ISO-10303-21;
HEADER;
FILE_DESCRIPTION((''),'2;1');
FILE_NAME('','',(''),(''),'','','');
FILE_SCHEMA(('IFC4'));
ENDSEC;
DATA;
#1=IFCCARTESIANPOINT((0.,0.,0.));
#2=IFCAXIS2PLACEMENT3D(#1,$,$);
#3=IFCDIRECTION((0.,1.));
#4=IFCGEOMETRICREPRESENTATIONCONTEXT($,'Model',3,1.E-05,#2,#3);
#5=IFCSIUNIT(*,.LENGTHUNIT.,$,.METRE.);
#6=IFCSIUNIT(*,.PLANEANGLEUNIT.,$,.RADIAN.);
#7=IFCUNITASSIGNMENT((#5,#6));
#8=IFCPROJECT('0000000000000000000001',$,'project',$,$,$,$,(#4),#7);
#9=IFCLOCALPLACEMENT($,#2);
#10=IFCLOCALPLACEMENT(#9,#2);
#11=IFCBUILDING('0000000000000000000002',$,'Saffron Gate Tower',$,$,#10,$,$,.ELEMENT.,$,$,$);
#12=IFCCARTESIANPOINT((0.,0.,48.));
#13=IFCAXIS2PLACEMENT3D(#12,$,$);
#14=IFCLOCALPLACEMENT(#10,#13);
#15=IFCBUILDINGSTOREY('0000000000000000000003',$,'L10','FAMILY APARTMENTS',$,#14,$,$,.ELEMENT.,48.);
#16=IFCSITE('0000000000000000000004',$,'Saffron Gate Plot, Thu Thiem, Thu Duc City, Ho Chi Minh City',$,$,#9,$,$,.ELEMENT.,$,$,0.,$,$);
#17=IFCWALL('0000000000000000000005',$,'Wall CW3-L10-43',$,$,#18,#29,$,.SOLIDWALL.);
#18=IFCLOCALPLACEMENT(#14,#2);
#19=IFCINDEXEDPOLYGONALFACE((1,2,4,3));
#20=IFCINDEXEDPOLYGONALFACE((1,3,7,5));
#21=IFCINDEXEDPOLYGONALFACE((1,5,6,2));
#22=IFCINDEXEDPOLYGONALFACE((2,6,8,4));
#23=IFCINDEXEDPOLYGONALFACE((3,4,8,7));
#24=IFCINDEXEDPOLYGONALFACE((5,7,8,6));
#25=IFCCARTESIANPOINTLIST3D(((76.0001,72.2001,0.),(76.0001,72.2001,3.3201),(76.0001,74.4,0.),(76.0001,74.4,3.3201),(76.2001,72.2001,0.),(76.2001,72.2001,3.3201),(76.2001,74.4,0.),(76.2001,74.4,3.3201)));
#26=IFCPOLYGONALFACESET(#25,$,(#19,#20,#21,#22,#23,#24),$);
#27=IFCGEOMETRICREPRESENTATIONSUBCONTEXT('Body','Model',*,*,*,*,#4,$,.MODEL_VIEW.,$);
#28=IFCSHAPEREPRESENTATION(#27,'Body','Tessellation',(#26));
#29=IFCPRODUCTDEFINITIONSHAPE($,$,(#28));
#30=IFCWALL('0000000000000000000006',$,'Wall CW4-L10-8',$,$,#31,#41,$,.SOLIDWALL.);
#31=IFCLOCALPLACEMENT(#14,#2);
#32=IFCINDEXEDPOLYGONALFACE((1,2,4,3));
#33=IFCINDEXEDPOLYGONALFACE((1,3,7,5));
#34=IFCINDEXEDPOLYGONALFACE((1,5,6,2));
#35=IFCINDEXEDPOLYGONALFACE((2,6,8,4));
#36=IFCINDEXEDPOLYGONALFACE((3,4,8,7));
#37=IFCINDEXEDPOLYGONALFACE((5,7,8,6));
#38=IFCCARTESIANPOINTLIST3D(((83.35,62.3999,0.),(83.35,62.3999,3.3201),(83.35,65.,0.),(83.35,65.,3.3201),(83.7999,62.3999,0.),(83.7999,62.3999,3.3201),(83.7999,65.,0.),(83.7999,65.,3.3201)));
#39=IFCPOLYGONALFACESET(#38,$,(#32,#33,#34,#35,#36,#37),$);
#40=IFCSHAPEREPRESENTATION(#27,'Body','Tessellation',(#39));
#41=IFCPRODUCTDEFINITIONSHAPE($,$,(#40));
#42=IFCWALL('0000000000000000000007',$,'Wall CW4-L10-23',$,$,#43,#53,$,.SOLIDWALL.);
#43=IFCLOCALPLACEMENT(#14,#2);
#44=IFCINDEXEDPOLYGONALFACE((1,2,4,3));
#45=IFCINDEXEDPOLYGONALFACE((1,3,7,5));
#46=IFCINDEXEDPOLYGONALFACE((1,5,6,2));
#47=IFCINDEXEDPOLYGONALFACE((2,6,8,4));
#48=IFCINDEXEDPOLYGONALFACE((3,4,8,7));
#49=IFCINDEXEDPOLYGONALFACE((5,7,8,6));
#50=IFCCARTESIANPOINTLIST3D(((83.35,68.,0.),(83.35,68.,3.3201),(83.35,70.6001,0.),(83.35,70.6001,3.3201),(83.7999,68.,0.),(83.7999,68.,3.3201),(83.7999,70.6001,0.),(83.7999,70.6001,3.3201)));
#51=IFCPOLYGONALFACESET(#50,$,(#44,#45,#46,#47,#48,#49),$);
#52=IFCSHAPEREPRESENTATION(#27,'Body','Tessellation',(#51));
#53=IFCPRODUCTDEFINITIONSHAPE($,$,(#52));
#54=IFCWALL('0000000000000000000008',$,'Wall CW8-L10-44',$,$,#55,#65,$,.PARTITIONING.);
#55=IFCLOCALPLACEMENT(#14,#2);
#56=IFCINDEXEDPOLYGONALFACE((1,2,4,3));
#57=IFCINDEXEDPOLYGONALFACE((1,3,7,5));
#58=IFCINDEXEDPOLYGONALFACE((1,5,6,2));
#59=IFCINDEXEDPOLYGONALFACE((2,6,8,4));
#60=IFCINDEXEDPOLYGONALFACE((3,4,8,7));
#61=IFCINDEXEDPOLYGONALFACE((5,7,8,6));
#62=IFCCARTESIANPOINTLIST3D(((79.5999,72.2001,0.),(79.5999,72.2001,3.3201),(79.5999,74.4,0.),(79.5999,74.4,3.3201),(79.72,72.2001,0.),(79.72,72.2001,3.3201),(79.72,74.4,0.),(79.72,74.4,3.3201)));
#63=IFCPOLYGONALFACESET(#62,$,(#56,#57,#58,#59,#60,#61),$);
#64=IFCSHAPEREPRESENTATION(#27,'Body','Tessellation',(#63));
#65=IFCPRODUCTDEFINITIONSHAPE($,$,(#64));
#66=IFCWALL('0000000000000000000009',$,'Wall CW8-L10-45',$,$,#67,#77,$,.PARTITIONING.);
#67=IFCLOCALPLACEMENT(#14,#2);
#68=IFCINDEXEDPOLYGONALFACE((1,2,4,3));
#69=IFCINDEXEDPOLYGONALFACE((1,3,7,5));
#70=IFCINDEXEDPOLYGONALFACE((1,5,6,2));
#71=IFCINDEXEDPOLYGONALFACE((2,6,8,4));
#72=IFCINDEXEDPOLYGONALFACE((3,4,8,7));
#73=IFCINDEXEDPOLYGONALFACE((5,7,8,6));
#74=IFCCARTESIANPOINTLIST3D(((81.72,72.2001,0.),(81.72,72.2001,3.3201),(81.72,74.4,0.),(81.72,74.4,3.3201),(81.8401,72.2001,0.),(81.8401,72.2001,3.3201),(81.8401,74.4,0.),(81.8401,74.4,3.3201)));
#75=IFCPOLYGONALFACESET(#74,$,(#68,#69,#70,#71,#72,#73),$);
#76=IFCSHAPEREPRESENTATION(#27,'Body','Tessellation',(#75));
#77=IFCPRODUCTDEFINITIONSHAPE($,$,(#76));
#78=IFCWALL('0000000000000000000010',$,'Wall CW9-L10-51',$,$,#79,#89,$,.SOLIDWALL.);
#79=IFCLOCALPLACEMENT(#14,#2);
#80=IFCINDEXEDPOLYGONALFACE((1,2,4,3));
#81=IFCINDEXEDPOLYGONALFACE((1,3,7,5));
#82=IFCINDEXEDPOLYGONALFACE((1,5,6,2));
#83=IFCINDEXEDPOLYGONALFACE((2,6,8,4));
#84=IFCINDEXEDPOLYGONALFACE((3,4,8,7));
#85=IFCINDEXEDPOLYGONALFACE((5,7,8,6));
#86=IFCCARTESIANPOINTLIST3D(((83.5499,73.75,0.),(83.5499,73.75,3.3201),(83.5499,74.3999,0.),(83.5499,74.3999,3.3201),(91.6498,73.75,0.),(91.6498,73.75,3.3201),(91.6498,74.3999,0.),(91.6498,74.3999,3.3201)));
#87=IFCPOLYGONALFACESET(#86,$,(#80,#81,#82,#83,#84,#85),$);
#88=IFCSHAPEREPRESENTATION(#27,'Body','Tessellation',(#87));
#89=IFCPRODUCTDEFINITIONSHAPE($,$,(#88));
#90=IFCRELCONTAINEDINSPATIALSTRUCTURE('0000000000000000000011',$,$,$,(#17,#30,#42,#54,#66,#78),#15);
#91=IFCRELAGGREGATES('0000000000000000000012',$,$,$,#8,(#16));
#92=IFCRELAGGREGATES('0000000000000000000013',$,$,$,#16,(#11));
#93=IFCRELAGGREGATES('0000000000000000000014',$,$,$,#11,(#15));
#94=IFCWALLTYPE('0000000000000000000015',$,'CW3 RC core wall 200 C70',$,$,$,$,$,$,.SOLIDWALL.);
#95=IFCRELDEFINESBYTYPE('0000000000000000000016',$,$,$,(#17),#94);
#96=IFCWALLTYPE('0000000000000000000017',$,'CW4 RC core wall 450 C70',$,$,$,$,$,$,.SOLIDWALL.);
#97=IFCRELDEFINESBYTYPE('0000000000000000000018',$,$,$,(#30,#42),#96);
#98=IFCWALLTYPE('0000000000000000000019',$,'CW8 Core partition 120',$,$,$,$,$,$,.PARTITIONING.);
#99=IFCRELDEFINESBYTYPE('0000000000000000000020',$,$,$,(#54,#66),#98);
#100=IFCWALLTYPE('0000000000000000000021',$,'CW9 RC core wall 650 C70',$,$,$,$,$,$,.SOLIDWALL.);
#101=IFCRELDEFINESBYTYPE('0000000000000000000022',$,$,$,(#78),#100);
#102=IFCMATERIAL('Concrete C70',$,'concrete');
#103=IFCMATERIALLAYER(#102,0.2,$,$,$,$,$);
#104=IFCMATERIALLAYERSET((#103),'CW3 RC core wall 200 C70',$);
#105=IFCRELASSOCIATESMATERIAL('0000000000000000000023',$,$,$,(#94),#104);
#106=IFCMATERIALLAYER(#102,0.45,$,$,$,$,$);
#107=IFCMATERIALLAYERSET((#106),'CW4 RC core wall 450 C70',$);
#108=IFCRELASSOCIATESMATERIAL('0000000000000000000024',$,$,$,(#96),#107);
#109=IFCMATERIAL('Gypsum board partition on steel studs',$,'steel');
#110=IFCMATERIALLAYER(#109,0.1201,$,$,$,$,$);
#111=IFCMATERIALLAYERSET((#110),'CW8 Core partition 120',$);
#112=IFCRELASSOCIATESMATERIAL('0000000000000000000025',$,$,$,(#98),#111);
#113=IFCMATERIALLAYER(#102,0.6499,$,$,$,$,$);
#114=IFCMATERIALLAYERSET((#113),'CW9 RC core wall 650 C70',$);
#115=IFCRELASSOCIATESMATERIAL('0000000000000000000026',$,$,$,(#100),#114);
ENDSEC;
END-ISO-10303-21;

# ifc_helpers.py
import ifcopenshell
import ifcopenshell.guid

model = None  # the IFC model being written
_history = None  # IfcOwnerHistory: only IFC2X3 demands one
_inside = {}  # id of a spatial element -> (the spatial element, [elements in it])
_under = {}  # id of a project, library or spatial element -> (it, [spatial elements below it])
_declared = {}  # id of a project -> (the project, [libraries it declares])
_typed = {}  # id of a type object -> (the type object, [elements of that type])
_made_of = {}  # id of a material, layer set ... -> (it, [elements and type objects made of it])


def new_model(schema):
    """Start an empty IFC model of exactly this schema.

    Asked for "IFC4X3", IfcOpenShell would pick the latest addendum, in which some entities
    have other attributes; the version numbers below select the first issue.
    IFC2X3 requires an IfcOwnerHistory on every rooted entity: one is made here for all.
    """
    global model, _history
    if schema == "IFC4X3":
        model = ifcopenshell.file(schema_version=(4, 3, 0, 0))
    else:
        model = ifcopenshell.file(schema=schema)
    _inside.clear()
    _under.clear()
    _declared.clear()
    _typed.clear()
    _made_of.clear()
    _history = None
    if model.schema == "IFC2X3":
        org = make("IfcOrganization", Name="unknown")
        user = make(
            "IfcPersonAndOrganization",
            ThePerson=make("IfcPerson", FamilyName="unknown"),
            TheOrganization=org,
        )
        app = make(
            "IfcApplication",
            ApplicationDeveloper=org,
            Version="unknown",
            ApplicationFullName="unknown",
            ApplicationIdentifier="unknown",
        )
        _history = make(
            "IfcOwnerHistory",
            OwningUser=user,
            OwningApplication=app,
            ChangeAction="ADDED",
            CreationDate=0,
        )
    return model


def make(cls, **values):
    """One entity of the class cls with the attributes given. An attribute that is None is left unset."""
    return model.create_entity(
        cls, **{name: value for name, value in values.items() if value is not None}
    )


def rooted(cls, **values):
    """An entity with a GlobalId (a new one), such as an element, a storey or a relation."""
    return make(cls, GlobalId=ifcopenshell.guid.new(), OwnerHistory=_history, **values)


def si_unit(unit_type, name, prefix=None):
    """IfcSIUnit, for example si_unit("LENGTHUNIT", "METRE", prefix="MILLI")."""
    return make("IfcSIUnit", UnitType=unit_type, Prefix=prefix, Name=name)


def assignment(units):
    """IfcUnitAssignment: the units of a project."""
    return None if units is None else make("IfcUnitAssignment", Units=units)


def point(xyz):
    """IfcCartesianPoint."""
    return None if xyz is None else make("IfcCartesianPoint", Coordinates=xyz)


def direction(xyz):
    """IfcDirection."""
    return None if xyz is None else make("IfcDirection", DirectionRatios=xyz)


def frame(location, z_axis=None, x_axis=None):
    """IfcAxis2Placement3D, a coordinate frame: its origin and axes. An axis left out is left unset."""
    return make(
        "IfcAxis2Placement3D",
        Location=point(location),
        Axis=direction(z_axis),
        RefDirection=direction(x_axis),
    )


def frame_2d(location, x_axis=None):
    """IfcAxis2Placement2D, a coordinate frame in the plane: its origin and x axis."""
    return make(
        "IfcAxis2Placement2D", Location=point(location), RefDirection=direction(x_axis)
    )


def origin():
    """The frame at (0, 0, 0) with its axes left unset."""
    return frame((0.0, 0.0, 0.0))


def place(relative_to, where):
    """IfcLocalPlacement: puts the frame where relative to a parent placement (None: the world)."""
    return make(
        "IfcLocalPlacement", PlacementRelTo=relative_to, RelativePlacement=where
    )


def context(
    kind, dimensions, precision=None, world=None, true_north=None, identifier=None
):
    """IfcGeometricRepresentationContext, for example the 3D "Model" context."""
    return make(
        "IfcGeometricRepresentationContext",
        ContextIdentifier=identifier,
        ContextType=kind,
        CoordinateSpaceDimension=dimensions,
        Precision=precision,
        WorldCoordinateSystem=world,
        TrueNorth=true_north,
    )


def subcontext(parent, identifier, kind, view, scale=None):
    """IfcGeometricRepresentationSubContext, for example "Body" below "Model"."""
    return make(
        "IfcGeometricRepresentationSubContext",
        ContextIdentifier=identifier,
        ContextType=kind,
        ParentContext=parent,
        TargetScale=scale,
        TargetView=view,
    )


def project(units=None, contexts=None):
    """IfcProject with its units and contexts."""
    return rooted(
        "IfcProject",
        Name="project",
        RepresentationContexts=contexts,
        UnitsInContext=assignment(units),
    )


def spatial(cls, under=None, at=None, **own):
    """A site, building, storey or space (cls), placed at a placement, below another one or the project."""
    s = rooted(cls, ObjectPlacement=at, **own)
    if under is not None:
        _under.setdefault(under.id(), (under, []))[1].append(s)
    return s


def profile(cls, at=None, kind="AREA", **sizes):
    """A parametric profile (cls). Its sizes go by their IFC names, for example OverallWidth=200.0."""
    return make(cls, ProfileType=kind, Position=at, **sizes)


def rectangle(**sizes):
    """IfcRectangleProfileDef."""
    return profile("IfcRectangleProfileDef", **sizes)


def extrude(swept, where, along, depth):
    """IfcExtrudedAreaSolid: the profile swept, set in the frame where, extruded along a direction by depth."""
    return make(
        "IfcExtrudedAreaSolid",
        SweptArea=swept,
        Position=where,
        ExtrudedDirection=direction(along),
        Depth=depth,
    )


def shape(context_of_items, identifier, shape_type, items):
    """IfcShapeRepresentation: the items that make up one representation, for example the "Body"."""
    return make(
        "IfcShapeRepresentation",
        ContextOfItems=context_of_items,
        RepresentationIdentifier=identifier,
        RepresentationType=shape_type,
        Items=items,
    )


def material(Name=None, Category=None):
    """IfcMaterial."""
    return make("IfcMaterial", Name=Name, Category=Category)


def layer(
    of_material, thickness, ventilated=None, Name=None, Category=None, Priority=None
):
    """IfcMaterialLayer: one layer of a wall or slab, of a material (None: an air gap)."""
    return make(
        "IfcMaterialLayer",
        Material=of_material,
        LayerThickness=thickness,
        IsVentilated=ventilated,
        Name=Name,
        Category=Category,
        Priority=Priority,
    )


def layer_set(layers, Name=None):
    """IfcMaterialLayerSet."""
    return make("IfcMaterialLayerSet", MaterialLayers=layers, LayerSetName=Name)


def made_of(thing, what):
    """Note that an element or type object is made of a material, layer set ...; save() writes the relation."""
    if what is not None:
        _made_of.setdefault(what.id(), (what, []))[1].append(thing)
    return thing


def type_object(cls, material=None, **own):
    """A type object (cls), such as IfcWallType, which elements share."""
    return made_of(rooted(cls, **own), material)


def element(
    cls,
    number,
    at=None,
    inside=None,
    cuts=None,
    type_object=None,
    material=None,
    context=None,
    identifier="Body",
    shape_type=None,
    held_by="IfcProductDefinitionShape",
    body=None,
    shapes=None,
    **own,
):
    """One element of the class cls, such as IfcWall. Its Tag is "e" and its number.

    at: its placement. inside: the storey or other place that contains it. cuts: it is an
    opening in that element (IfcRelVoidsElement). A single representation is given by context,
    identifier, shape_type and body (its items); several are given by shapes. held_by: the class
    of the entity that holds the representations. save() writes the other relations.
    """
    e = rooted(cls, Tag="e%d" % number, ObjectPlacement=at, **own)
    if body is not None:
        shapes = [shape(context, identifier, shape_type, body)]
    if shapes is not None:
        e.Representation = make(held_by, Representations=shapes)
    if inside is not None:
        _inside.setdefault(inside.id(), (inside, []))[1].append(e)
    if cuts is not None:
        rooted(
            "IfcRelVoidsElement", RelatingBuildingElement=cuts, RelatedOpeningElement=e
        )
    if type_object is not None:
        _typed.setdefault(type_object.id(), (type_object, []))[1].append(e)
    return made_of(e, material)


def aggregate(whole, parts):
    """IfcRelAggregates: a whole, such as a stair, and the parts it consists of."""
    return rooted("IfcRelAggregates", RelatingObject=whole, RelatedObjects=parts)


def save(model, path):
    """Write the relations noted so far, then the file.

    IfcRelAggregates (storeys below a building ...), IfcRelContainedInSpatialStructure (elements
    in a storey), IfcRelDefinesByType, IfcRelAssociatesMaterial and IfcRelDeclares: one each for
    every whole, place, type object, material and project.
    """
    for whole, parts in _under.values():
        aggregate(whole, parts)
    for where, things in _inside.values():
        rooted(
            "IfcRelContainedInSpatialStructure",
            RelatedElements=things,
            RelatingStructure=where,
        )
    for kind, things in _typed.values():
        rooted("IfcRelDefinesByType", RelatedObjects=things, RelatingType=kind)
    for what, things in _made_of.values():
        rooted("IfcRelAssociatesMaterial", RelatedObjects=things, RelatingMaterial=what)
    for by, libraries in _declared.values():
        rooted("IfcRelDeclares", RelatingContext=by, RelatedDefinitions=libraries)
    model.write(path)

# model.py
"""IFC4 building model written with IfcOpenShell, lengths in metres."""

from ifc_helpers import new_model, si_unit, direction, frame, frame_2d, origin, place, context, subcontext, project, spatial, rectangle, extrude, material, layer, layer_set, type_object, element, save


model = new_model("IFC4")

# Units and contexts
model_context = context("Model", 3, precision=1e-05, world=origin(), true_north=direction((0.0, 1.0)))
body_context = subcontext(model_context, "Body", "Model", "MODEL_VIEW")
ifc_project = project(units=[si_unit("LENGTHUNIT", "METRE"), si_unit("PLANEANGLEUNIT", "RADIAN")], contexts=[model_context])

# Site, building, storey
site_placement = place(None, origin())
site = spatial("IfcSite", under=ifc_project, at=site_placement, Name="Saffron Gate Plot, Thu Thiem, Thu Duc City, Ho Chi Minh City", CompositionType="ELEMENT", RefElevation=0.0)
building_placement = place(site_placement, origin())
building = spatial("IfcBuilding", under=site, at=building_placement, Name="Saffron Gate Tower", CompositionType="ELEMENT")
storey_placement = place(building_placement, frame((0.0, 0.0, 48.0)))
storey = spatial("IfcBuildingStorey", under=building, at=storey_placement, Name="L10", Description="FAMILY APARTMENTS", CompositionType="ELEMENT", Elevation=48.0)

# Shared definitions
ifc_material_1 = material(Name="Concrete C70", Category="concrete")
ifc_layer_1 = layer(ifc_material_1, 0.2)
ifc_layer_set_1 = layer_set([ifc_layer_1], Name="CW3 RC core wall 200 C70")
wall_type_1 = type_object("IfcWallType", Name="CW3 RC core wall 200 C70", PredefinedType="SOLIDWALL", material=ifc_layer_set_1)

# Walls
wall_1_placement = place(storey_placement, frame((76.1001, 72.2, 0.0), z_axis=(0.0, 0.0, 1.0), x_axis=(0.0, 1.0, 0.0)))
element("IfcWall", 1, at=wall_1_placement, inside=storey, type_object=wall_type_1, Name="Wall CW3-L10-43", PredefinedType="SOLIDWALL", context=body_context, shape_type="SweptSolid", body=[
    extrude(rectangle(XDim=2.2, YDim=0.2, at=frame_2d((1.1001, 0.0))), origin(), (0.0, 0.0, 1.0), 3.3201),
])
ifc_layer_2 = layer(ifc_material_1, 0.45)
ifc_layer_set_2 = layer_set([ifc_layer_2], Name="CW4 RC core wall 450 C70")
wall_type_2 = type_object("IfcWallType", Name="CW4 RC core wall 450 C70", PredefinedType="SOLIDWALL", material=ifc_layer_set_2)
for number, where, z_axis, x_axis, name in (
    (2, (83.575, 62.3999, 0.0), (0.0, 0.0, 1.0), (0.0, 1.0, 0.0), "Wall CW4-L10-8"),
    (3, (83.575, 68.0, 0.0), (0.0, 0.0, 1.0), (0.0, 1.0, 0.0), "Wall CW4-L10-23"),
):
    element("IfcWall", number, at=place(storey_placement, frame(where, z_axis=z_axis, x_axis=x_axis)), inside=storey, type_object=wall_type_2, Name=name, PredefinedType="SOLIDWALL", context=body_context, shape_type="SweptSolid", body=[
        extrude(rectangle(XDim=2.6001, YDim=0.45, at=frame_2d((1.3, 0.0))), origin(), (0.0, 0.0, 1.0), 3.3201),
    ])
ifc_material_2 = material(Name="Gypsum board partition on steel studs", Category="steel")
ifc_layer_3 = layer(ifc_material_2, 0.1201)
ifc_layer_set_3 = layer_set([ifc_layer_3], Name="CW8 Core partition 120")
wall_type_3 = type_object("IfcWallType", Name="CW8 Core partition 120", PredefinedType="PARTITIONING", material=ifc_layer_set_3)
for number, where, z_axis, x_axis, name in (
    (4, (79.6599, 72.2, 0.0), (0.0, 0.0, 1.0), (0.0, 1.0, 0.0), "Wall CW8-L10-44"),
    (5, (81.78, 72.2, 0.0), (0.0, 0.0, 1.0), (0.0, 1.0, 0.0), "Wall CW8-L10-45"),
):
    element("IfcWall", number, at=place(storey_placement, frame(where, z_axis=z_axis, x_axis=x_axis)), inside=storey, type_object=wall_type_3, Name=name, PredefinedType="PARTITIONING", context=body_context, shape_type="SweptSolid", body=[
        extrude(rectangle(XDim=2.2, YDim=0.1201, at=frame_2d((1.1001, 0.0))), origin(), (0.0, 0.0, 1.0), 3.3201),
    ])
ifc_layer_4 = layer(ifc_material_1, 0.6499)
ifc_layer_set_4 = layer_set([ifc_layer_4], Name="CW9 RC core wall 650 C70")
wall_type_4 = type_object("IfcWallType", Name="CW9 RC core wall 650 C70", PredefinedType="SOLIDWALL", material=ifc_layer_set_4)
wall_2_placement = place(storey_placement, frame((83.55, 74.075, 0.0), z_axis=(0.0, 0.0, 1.0), x_axis=(1.0, 0.0, 0.0)))
element("IfcWall", 6, at=wall_2_placement, inside=storey, type_object=wall_type_4, Name="Wall CW9-L10-51", PredefinedType="SOLIDWALL", context=body_context, shape_type="SweptSolid", body=[
    extrude(rectangle(XDim=8.0999, YDim=0.6499, at=frame_2d((4.0498, 0.0))), origin(), (0.0, 0.0, 1.0), 3.3201),
])

save(model, "model.ifc")
